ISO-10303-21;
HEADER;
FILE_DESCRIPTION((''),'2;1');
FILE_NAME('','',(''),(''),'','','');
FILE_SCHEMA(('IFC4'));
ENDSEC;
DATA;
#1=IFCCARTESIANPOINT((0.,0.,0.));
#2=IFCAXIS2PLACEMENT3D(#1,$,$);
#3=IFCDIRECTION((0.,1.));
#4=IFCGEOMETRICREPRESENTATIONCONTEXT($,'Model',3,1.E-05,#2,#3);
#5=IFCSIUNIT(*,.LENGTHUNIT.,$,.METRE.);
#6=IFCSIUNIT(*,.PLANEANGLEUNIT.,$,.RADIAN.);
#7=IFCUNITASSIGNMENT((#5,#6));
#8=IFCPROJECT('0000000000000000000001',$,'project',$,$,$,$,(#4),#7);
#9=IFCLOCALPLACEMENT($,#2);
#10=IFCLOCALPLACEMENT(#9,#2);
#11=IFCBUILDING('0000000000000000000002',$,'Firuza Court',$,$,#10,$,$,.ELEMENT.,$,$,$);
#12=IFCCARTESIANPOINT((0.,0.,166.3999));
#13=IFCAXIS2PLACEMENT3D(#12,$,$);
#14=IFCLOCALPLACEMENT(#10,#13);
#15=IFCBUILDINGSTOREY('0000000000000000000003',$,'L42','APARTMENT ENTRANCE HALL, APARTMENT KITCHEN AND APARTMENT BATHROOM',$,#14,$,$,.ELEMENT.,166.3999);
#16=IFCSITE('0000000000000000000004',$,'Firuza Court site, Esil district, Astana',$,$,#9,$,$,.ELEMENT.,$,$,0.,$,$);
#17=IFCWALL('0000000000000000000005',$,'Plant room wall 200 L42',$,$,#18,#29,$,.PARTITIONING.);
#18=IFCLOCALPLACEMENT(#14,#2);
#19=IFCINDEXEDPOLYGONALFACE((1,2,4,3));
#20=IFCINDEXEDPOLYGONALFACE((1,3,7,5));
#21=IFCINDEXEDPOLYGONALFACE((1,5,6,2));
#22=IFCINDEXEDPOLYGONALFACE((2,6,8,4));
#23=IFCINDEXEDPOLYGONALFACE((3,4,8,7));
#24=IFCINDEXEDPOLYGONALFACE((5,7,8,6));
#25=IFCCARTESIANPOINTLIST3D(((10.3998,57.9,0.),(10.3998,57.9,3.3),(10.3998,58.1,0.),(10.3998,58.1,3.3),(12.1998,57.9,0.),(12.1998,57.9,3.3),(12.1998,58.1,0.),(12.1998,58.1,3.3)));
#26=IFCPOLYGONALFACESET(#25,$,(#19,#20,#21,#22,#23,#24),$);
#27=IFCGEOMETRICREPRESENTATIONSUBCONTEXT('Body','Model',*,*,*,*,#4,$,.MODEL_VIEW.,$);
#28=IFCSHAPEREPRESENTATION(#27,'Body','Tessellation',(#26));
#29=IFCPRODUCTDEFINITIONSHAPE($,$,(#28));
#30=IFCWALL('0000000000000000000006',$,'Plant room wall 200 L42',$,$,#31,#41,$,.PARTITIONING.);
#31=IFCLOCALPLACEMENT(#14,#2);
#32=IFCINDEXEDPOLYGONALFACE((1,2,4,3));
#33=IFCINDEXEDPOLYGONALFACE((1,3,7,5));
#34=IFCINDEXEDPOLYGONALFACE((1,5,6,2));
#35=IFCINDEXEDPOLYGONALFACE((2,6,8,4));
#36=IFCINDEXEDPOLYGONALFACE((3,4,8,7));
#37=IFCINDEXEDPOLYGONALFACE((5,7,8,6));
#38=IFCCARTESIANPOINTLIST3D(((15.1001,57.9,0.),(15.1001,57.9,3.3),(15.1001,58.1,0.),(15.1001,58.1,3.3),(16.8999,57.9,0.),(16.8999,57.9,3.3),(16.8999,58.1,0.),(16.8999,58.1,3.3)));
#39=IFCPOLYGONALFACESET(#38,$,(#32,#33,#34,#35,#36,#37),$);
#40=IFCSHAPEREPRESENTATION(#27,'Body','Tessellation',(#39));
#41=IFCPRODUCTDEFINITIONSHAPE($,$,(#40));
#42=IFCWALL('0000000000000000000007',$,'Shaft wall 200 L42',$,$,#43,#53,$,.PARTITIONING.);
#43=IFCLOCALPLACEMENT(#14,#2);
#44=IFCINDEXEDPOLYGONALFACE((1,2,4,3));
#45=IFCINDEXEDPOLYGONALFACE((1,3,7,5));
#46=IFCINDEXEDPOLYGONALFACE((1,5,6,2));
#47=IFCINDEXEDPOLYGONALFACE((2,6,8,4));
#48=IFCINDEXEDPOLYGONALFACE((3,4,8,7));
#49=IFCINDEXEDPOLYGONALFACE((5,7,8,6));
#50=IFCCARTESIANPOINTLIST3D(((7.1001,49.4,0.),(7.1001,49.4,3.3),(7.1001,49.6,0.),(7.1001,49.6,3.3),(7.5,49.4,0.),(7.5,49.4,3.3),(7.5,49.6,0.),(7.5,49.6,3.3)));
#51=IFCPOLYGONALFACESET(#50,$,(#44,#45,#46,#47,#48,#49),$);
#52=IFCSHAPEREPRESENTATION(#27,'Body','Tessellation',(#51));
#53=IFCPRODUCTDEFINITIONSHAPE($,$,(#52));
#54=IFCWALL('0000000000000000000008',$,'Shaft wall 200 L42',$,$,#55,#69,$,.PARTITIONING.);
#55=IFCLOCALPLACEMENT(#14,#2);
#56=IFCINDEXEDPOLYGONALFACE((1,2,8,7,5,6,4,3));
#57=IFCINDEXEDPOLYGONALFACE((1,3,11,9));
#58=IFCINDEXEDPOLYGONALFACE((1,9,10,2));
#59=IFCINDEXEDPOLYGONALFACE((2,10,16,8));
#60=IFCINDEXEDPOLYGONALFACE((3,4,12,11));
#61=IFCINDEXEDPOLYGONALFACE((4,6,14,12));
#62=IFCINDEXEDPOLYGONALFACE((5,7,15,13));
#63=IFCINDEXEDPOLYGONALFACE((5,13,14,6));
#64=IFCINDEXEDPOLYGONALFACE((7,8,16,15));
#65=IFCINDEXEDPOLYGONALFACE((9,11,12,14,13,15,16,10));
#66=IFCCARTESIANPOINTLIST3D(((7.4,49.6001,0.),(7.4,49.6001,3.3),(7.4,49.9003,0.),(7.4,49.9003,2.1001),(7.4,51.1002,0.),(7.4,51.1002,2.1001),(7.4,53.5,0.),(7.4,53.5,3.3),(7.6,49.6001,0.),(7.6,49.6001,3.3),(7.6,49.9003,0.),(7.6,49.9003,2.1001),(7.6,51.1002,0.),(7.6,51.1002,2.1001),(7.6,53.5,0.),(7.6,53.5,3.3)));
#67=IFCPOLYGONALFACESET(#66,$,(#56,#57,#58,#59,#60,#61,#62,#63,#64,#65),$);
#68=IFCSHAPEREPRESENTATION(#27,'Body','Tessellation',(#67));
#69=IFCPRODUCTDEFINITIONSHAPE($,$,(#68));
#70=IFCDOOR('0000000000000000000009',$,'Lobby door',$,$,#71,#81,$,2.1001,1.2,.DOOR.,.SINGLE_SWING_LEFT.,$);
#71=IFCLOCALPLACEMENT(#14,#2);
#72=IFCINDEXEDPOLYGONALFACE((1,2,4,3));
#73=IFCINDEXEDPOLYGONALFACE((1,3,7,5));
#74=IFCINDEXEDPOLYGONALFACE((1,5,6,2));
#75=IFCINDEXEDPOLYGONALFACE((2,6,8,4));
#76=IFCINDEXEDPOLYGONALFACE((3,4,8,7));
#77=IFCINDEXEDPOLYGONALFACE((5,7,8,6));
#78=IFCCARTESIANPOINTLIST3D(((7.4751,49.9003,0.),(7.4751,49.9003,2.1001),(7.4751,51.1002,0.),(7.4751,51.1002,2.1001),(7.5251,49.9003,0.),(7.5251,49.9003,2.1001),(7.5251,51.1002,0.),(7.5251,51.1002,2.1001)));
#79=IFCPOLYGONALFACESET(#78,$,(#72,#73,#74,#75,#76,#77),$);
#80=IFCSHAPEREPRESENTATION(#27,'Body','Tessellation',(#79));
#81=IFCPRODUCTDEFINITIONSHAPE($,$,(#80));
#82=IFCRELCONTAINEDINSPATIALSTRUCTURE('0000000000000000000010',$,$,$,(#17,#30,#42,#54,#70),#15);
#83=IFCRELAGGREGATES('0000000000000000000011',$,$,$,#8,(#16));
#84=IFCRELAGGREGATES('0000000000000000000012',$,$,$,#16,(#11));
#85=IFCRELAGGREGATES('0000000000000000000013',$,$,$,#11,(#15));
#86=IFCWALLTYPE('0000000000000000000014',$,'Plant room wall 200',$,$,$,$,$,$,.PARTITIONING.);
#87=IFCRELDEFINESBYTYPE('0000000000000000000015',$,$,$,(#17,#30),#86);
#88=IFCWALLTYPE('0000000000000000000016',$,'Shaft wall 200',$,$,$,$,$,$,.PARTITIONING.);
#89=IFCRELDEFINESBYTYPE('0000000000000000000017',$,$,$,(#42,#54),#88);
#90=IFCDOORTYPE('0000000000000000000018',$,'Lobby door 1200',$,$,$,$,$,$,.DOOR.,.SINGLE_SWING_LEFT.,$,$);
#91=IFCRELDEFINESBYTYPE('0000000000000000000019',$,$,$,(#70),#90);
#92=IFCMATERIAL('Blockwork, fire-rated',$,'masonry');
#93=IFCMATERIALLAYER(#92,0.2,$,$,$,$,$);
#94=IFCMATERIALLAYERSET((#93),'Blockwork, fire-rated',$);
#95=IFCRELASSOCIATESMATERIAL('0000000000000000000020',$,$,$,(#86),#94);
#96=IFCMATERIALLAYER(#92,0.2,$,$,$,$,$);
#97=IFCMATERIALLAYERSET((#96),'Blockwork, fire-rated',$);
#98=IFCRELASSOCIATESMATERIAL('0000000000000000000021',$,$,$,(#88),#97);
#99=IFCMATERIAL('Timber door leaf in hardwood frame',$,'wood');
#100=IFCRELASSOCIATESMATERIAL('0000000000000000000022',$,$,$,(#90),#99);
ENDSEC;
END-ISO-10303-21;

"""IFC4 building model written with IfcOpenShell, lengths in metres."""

from ifc_helpers import new_model, si_unit, direction, frame, frame_2d, origin, place, context, subcontext, project, spatial, rectangle, extrude, material, layer, layer_set, type_object, element, fill, save


model = new_model("IFC4")

# Units and contexts
model_context = context("Model", 3, precision=1e-05, world=origin(), true_north=direction((0.0, 1.0)))
body_context = subcontext(model_context, "Body", "Model", "MODEL_VIEW")
ifc_project = project(units=[si_unit("LENGTHUNIT", "METRE"), si_unit("PLANEANGLEUNIT", "RADIAN")], contexts=[model_context])

# Site, building, storey
site_placement = place(None, origin())
site = spatial("IfcSite", under=ifc_project, at=site_placement, Name="Firuza Court site, Esil district, Astana", CompositionType="ELEMENT", RefElevation=0.0)
building_placement = place(site_placement, origin())
building = spatial("IfcBuilding", under=site, at=building_placement, Name="Firuza Court", CompositionType="ELEMENT")
storey_placement = place(building_placement, frame((0.0, 0.0, 166.3999)))
storey = spatial("IfcBuildingStorey", under=building, at=storey_placement, Name="L42", Description="APARTMENT ENTRANCE HALL, APARTMENT KITCHEN AND APARTMENT BATHROOM", CompositionType="ELEMENT", Elevation=166.3999)

# Shared definitions
ifc_material_1 = material(Name="Blockwork, fire-rated", Category="masonry")
ifc_layer_1 = layer(ifc_material_1, 0.2)
ifc_layer_set_1 = layer_set([ifc_layer_1], Name="Blockwork, fire-rated")
wall_type_1 = type_object("IfcWallType", Name="Plant room wall 200", PredefinedType="PARTITIONING", material=ifc_layer_set_1)

# Walls
wall_1_placement = place(storey_placement, frame((10.3999, 58.0, 0.0), z_axis=(0.0, 0.0, 1.0), x_axis=(1.0, 0.0, 0.0)))
element("IfcWall", 1, at=wall_1_placement, inside=storey, type_object=wall_type_1, Name="Plant room wall 200 L42", PredefinedType="PARTITIONING", context=body_context, shape_type="SweptSolid", body=[
    extrude(rectangle(XDim=1.8, YDim=0.2, at=frame_2d((0.8999, 0.0))), origin(), (0.0, 0.0, 1.0), 3.3),
])
wall_2_placement = place(storey_placement, frame((15.1001, 58.0, 0.0), z_axis=(0.0, 0.0, 1.0), x_axis=(1.0, 0.0, 0.0)))
element("IfcWall", 2, at=wall_2_placement, inside=storey, type_object=wall_type_1, Name="Plant room wall 200 L42", PredefinedType="PARTITIONING", context=body_context, shape_type="SweptSolid", body=[
    extrude(rectangle(XDim=1.7998, YDim=0.2, at=frame_2d((0.8999, 0.0))), origin(), (0.0, 0.0, 1.0), 3.3),
])
ifc_layer_2 = layer(ifc_material_1, 0.2)
ifc_layer_set_2 = layer_set([ifc_layer_2], Name="Blockwork, fire-rated")
wall_type_2 = type_object("IfcWallType", Name="Shaft wall 200", PredefinedType="PARTITIONING", material=ifc_layer_set_2)
wall_3_placement = place(storey_placement, frame((7.1001, 49.5, 0.0), z_axis=(0.0, 0.0, 1.0), x_axis=(1.0, 0.0, 0.0)))
element("IfcWall", 3, at=wall_3_placement, inside=storey, type_object=wall_type_2, Name="Shaft wall 200 L42", PredefinedType="PARTITIONING", context=body_context, shape_type="SweptSolid", body=[
    extrude(rectangle(XDim=0.3999, YDim=0.2, at=frame_2d((0.2, 0.0))), origin(), (0.0, 0.0, 1.0), 3.3),
])

# Wall, opening, door
wall_4_placement = place(storey_placement, frame((7.5, 49.6001, 0.0), z_axis=(0.0, 0.0, 1.0), x_axis=(0.0, 1.0, 0.0)))
wall_4 = element("IfcWall", 4, at=wall_4_placement, inside=storey, type_object=wall_type_2, Name="Shaft wall 200 L42", PredefinedType="PARTITIONING", context=body_context, shape_type="SweptSolid", body=[
    extrude(rectangle(XDim=3.8999, YDim=0.2, at=frame_2d((1.95, 0.0))), origin(), (0.0, 0.0, 1.0), 3.3),
])
opening_1_placement = place(wall_4_placement, frame((0.3, 0.0, 0.0)))
opening_1 = element("IfcOpeningElement", 5, at=opening_1_placement, cuts=wall_4, PredefinedType="OPENING", context=body_context, shape_type="SweptSolid", body=[
    extrude(rectangle(XDim=1.2, YDim=2.1001, at=frame_2d((0.6001, 1.05))), frame((0.0, 0.1118, 0.0), z_axis=(0.0, -1.0, 0.0), x_axis=(1.0, 0.0, 0.0)), (0.0, 0.0, 1.0), 0.2239),
])
ifc_material_2 = material(Name="Timber door leaf in hardwood frame", Category="wood")
door_type_1 = type_object("IfcDoorType", Name="Lobby door 1200", OperationType="SINGLE_SWING_LEFT", PredefinedType="DOOR", material=ifc_material_2)
door_1_placement = place(opening_1_placement, origin())
door_1 = element("IfcDoor", 6, at=door_1_placement, inside=storey, type_object=door_type_1, Name="Lobby door", OperationType="SINGLE_SWING_LEFT", OverallHeight=2.1001, OverallWidth=1.2, PredefinedType="DOOR", context=body_context, shape_type="SweptSolid", body=[
    extrude(rectangle(XDim=1.2, YDim=2.1001, at=frame_2d((0.6001, 1.05))), frame((0.0, 0.0249, 0.0), z_axis=(0.0, -1.0, 0.0), x_axis=(1.0, 0.0, 0.0)), (0.0, 0.0, 1.0), 0.05),
])
fill(opening_1, door_1)

save(model, "model.ifc")
